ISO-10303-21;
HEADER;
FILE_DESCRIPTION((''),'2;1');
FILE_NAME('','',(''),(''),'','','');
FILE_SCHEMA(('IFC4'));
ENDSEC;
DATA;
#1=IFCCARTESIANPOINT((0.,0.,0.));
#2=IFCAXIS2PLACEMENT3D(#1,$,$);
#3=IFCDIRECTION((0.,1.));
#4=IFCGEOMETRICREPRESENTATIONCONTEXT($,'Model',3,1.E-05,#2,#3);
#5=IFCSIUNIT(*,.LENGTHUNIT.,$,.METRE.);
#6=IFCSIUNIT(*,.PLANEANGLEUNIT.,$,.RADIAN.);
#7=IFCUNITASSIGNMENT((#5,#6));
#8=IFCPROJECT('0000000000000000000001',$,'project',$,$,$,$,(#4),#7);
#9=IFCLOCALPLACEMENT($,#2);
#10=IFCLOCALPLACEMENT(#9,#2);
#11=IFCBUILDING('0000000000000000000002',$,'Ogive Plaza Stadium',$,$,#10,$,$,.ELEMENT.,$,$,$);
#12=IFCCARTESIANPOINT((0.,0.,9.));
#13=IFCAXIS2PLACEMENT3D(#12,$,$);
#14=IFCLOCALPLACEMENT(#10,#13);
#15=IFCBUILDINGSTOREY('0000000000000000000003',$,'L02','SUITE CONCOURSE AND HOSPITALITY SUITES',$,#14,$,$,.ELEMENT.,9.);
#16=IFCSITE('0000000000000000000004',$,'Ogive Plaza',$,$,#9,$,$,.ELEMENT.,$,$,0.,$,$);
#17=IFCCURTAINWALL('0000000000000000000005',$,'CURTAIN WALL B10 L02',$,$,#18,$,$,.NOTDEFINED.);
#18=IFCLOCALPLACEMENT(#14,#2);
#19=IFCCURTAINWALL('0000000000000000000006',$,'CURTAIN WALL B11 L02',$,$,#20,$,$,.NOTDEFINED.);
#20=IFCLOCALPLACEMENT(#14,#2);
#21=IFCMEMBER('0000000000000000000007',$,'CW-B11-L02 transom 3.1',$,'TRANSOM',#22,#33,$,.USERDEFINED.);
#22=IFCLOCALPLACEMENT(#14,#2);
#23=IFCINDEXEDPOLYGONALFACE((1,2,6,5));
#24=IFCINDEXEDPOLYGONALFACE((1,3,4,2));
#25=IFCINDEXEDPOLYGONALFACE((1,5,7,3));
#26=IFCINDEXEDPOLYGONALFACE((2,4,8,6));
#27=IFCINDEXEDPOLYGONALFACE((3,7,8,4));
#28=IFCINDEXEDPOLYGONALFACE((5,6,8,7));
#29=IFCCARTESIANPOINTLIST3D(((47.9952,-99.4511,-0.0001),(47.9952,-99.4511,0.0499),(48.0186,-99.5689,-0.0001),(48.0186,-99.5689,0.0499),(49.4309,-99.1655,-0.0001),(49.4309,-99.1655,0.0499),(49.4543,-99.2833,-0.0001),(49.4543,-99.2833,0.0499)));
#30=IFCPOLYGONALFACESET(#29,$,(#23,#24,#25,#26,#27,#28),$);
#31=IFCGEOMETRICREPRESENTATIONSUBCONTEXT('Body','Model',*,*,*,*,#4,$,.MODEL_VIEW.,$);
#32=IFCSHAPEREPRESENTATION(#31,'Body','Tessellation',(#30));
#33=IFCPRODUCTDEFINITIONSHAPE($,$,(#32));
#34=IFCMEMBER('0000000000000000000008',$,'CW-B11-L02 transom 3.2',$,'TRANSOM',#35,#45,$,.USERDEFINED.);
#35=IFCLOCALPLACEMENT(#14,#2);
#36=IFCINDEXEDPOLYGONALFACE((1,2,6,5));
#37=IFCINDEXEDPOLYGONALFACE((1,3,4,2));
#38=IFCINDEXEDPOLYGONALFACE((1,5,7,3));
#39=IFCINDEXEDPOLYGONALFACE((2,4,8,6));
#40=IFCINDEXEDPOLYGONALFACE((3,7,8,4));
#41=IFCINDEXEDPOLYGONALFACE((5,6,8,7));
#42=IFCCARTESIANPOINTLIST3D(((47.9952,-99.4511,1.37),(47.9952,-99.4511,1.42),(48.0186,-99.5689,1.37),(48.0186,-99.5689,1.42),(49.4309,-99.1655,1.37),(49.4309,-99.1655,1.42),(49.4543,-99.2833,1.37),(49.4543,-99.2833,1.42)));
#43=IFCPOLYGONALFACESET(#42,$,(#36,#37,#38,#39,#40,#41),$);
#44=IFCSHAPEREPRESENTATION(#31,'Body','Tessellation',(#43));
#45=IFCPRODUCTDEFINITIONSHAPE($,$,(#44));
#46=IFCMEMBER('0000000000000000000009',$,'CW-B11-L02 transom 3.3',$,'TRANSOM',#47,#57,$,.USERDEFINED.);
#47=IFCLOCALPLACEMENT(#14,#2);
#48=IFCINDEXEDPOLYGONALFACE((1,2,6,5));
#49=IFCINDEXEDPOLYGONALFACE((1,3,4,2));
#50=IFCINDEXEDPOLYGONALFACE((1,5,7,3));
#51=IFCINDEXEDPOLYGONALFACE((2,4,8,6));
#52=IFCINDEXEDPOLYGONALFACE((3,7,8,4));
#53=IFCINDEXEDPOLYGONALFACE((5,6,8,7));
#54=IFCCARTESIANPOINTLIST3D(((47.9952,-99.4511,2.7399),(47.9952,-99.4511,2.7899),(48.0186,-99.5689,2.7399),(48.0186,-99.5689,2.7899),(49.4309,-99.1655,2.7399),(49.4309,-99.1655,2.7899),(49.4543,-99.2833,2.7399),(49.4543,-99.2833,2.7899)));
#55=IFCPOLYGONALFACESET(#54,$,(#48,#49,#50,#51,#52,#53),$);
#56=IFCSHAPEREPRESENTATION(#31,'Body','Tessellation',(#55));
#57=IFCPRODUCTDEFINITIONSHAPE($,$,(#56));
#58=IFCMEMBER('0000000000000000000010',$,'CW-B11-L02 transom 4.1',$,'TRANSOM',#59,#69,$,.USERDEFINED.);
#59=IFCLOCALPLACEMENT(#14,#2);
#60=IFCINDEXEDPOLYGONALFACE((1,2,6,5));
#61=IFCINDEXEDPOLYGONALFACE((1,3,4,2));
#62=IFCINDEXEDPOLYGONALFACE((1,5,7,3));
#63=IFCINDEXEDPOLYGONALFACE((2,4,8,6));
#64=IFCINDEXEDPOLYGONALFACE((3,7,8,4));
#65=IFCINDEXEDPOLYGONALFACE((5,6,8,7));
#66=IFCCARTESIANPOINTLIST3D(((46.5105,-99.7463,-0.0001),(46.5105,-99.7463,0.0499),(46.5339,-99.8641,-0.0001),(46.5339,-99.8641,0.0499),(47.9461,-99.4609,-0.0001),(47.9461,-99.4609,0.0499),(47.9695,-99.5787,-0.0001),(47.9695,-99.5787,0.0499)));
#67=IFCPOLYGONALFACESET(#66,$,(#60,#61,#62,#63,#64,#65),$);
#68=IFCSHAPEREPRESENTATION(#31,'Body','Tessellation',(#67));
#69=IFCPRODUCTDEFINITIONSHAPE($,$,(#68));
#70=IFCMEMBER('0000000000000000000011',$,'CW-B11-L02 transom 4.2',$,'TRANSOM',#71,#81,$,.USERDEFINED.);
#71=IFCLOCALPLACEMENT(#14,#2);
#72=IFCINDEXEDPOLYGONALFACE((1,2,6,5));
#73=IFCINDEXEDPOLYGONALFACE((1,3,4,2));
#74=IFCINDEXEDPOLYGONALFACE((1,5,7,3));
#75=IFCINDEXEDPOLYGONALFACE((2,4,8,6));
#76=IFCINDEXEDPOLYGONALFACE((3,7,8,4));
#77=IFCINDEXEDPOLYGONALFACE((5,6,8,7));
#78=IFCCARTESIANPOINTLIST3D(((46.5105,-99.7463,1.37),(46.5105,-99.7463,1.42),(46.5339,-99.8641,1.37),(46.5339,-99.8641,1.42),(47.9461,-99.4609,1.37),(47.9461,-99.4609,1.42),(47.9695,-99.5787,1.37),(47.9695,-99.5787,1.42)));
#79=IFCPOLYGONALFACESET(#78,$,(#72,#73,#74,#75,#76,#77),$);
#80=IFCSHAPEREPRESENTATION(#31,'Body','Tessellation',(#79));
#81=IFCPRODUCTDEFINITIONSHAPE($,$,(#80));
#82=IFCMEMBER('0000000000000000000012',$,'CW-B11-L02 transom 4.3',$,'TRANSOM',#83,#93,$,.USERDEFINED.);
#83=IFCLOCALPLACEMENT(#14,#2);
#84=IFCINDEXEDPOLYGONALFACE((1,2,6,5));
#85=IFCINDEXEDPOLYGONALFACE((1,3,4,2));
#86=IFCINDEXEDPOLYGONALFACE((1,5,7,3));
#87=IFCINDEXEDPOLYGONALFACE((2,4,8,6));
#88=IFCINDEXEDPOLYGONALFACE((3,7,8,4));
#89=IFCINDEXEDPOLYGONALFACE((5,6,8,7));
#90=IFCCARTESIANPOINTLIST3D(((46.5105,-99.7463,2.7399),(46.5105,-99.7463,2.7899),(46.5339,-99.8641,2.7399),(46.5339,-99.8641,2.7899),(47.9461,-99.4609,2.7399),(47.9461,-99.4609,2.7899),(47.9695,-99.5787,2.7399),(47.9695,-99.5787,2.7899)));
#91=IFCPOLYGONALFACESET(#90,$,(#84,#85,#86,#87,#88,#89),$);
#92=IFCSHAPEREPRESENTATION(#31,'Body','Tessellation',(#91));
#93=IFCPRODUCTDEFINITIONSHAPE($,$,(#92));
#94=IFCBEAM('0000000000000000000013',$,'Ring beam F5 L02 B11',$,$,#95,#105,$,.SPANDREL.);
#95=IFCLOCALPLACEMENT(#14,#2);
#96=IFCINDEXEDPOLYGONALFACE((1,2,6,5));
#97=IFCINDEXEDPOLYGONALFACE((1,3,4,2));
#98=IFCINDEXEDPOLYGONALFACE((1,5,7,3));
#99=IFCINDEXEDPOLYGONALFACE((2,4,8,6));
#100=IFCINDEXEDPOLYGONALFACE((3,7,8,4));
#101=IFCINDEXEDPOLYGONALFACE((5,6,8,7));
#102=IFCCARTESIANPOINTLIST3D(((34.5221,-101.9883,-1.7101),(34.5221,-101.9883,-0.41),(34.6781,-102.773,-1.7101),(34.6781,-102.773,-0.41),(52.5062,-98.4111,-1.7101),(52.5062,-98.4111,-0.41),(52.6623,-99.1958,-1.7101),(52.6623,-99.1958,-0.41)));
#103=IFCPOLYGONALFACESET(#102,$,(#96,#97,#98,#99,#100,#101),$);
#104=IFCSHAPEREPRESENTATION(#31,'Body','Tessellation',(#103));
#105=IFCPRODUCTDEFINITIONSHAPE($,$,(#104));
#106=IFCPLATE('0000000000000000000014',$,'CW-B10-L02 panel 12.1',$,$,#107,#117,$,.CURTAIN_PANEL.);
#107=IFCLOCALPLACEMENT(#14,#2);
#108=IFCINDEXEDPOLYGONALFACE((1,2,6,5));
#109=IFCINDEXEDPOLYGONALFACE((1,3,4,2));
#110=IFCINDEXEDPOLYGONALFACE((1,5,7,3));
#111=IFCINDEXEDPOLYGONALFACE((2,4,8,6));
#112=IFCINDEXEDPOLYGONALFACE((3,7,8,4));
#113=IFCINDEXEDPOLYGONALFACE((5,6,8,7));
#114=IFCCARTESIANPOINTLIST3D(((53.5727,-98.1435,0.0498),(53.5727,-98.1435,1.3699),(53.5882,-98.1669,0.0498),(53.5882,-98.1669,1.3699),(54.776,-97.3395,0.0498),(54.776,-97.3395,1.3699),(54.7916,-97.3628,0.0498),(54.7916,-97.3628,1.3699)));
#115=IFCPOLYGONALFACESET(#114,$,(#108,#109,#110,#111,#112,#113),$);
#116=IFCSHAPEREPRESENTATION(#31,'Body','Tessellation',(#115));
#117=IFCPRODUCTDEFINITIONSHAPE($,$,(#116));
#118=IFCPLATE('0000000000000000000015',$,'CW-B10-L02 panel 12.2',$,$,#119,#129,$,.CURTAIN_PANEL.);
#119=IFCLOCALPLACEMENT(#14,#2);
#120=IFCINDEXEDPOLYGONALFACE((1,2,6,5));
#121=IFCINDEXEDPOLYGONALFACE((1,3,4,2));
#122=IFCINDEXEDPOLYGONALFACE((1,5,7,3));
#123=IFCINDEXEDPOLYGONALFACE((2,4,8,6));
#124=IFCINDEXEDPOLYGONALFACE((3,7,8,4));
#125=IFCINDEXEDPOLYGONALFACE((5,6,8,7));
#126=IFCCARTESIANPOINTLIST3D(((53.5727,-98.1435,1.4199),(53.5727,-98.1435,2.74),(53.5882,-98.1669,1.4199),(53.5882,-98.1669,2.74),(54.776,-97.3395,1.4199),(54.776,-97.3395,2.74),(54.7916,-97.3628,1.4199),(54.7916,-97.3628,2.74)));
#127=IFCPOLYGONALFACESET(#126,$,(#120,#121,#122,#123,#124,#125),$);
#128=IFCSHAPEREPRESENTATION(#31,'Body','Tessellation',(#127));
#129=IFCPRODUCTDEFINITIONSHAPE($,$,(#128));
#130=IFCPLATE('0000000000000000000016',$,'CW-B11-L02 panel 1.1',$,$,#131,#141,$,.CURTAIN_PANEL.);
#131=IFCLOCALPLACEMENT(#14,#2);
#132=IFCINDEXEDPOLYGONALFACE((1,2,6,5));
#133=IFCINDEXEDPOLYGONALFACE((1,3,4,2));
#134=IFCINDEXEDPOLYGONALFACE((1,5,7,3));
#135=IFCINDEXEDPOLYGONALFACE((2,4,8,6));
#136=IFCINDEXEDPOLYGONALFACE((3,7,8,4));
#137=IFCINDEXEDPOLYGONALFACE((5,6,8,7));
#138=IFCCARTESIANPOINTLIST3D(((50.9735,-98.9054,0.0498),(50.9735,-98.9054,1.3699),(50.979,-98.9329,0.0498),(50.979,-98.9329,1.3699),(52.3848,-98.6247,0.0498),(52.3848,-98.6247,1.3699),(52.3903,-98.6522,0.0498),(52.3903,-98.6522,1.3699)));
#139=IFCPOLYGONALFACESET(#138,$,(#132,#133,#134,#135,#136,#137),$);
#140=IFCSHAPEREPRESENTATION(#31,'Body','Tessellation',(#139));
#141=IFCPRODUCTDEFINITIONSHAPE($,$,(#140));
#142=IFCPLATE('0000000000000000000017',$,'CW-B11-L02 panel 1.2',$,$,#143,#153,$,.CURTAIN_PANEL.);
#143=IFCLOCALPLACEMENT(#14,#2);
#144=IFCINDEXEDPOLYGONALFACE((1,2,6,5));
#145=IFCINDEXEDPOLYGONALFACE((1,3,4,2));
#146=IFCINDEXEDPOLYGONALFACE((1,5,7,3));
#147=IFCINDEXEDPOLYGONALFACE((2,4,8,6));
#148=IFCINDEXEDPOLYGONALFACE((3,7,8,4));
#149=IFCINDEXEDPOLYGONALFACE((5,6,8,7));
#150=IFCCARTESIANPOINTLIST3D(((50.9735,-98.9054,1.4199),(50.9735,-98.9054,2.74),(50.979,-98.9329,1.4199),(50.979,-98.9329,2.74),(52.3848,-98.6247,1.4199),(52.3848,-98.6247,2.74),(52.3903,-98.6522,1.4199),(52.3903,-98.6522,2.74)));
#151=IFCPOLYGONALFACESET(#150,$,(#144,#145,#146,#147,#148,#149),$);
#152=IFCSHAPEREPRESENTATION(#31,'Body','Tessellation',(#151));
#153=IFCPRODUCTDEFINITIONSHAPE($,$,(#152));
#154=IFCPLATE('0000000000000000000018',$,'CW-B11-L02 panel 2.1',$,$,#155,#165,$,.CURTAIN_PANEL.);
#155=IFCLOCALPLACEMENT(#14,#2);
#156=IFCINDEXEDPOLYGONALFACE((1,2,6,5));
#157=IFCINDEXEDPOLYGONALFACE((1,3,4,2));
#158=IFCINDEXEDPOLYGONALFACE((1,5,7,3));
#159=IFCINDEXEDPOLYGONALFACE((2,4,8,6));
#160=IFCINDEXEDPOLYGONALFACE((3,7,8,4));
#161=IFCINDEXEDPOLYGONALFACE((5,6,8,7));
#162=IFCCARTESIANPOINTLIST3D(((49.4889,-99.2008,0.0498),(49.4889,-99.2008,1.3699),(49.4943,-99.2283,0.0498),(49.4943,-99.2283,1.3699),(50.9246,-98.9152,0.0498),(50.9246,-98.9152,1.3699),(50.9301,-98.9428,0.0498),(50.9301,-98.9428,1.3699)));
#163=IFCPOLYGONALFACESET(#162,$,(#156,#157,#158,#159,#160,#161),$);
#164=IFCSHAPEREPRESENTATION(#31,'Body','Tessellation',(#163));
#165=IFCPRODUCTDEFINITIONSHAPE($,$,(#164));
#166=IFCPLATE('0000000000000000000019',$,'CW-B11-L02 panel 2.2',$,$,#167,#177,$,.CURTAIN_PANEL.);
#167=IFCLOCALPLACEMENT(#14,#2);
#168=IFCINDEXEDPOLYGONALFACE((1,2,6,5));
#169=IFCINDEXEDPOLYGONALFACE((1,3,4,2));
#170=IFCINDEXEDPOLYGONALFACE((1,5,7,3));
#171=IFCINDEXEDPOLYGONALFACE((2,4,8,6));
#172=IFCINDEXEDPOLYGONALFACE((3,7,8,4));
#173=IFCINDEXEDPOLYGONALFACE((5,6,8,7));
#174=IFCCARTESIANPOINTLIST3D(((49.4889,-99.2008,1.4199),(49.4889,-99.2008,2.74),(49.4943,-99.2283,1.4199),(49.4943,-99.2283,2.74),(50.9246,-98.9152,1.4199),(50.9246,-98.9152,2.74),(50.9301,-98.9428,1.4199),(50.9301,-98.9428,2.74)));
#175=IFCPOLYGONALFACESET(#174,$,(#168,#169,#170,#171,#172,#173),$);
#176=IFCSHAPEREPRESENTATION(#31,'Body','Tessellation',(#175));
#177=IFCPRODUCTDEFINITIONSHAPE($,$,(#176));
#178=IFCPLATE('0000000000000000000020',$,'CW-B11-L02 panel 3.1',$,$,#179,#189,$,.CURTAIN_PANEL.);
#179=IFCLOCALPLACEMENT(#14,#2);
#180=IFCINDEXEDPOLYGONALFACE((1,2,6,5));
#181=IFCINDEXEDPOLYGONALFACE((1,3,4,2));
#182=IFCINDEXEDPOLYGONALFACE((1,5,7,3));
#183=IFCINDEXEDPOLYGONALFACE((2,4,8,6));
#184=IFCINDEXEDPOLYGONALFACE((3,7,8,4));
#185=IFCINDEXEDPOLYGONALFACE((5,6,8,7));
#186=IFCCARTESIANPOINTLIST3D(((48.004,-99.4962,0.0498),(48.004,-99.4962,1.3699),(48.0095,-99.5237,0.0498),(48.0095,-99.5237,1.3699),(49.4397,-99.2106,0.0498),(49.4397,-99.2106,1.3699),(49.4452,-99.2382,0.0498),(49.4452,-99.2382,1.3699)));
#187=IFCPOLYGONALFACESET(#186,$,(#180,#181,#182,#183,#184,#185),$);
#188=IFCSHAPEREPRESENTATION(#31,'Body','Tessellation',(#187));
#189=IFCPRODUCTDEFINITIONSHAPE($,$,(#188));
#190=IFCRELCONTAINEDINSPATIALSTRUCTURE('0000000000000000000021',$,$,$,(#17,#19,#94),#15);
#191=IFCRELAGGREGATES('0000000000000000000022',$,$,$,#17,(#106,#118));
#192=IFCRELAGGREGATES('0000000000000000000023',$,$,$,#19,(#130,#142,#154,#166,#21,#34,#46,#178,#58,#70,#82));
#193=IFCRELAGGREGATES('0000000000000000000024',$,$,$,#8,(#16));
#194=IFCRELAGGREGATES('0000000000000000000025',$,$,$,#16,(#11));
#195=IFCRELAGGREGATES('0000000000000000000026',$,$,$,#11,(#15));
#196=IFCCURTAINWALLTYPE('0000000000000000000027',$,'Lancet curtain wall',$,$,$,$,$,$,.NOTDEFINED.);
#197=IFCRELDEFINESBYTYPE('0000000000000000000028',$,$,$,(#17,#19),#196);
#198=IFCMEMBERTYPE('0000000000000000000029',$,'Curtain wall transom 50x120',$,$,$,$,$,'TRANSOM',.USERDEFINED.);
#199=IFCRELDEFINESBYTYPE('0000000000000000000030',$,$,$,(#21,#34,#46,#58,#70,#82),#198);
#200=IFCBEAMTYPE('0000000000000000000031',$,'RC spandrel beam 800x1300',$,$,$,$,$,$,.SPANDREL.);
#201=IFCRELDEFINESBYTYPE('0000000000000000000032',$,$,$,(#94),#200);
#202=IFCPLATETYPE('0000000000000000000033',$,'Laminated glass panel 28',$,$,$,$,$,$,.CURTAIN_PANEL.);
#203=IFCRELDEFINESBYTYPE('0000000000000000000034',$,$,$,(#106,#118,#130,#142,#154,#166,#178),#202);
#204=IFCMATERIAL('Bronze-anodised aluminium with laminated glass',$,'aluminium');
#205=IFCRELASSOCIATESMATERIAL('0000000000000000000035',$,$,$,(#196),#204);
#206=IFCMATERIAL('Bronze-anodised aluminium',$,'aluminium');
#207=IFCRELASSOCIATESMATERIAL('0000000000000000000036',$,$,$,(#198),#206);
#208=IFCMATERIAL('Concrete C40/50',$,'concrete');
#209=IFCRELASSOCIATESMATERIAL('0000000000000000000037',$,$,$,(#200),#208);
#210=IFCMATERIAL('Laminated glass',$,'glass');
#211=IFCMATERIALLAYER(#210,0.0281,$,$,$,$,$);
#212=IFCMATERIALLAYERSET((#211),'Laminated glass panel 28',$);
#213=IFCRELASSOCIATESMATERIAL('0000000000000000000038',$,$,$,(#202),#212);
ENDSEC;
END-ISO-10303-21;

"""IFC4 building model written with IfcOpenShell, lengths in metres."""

from ifc_helpers import new_model, si_unit, direction, frame, origin, origin_2d, place, context, subcontext, project, spatial, rectangle, extrude, material, layer, layer_set, material_profile, profile_set, type_object, element, aggregate, save


model = new_model("IFC4")

# Units and contexts
model_context = context("Model", 3, precision=1e-05, world=origin(), true_north=direction((0.0, 1.0)))
body_context = subcontext(model_context, "Body", "Model", "MODEL_VIEW")
ifc_project = project(units=[si_unit("LENGTHUNIT", "METRE"), si_unit("PLANEANGLEUNIT", "RADIAN")], contexts=[model_context])

# Site, building, storey
site_placement = place(None, origin())
site = spatial("IfcSite", under=ifc_project, at=site_placement, Name="Ogive Plaza", CompositionType="ELEMENT", RefElevation=0.0)
building_placement = place(site_placement, origin())
building = spatial("IfcBuilding", under=site, at=building_placement, Name="Ogive Plaza Stadium", CompositionType="ELEMENT")
storey_placement = place(building_placement, frame((0.0, 0.0, 9.0)))
storey = spatial("IfcBuildingStorey", under=building, at=storey_placement, Name="L02", Description="SUITE CONCOURSE AND HOSPITALITY SUITES", CompositionType="ELEMENT", Elevation=9.0)

# Curtain wall
ifc_material_1 = material(Name="Bronze-anodised aluminium with laminated glass", Category="aluminium")
curtain_wall_type = type_object("IfcCurtainWallType", Name="Lancet curtain wall", PredefinedType="NOTDEFINED", material=ifc_material_1)
curtain_wall_1_placement = place(storey_placement, origin())
curtain_wall_1 = element("IfcCurtainWall", 1, at=curtain_wall_1_placement, inside=storey, type_object=curtain_wall_type, Name="CURTAIN WALL B10 L02", PredefinedType="NOTDEFINED")

# Curtain wall
curtain_wall_2_placement = place(storey_placement, origin())
curtain_wall_2 = element("IfcCurtainWall", 2, at=curtain_wall_2_placement, inside=storey, type_object=curtain_wall_type, Name="CURTAIN WALL B11 L02", PredefinedType="NOTDEFINED")

# Members
ifc_material_2 = material(Name="Bronze-anodised aluminium", Category="aluminium")
ifc_material_profile_1 = material_profile(ifc_material_2, rectangle(XDim=0.1201, YDim=0.05, at=origin_2d()), Name="AL 120x50")
ifc_profile_set_1 = profile_set([ifc_material_profile_1], Name="Bronze-anodised aluminium")
member_type_1 = type_object("IfcMemberType", Name="Curtain wall transom 50x120", ElementType="TRANSOM", PredefinedType="USERDEFINED", material=ifc_profile_set_1)
member_1_placement = place(storey_placement, frame((49.4426, -99.2244, 0.0249), z_axis=(-0.980779, -0.195122, 0.0), x_axis=(0.195122, -0.980779, 0.0)))
member_1 = element("IfcMember", 3, at=member_1_placement, type_object=member_type_1, Name="CW-B11-L02 transom 3.1", ObjectType="TRANSOM", PredefinedType="USERDEFINED", context=body_context, shape_type="SweptSolid", body=[
    extrude(rectangle(XDim=0.1201, YDim=0.05, at=origin_2d()), origin(), (0.0, 0.0, 1.0), 1.4639),
])
member_2_placement = place(storey_placement, frame((49.4426, -99.2244, 1.395), z_axis=(-0.980779, -0.195122, 0.0), x_axis=(0.195122, -0.980779, 0.0)))
member_2 = element("IfcMember", 4, at=member_2_placement, type_object=member_type_1, Name="CW-B11-L02 transom 3.2", ObjectType="TRANSOM", PredefinedType="USERDEFINED", context=body_context, shape_type="SweptSolid", body=[
    extrude(rectangle(XDim=0.1201, YDim=0.05, at=origin_2d()), origin(), (0.0, 0.0, 1.0), 1.4639),
])
member_3_placement = place(storey_placement, frame((49.4426, -99.2244, 2.7649), z_axis=(-0.980779, -0.195122, 0.0), x_axis=(0.195122, -0.980779, 0.0)))
member_3 = element("IfcMember", 5, at=member_3_placement, type_object=member_type_1, Name="CW-B11-L02 transom 3.3", ObjectType="TRANSOM", PredefinedType="USERDEFINED", context=body_context, shape_type="SweptSolid", body=[
    extrude(rectangle(XDim=0.1201, YDim=0.05, at=origin_2d()), origin(), (0.0, 0.0, 1.0), 1.4639),
])
member_4_placement = place(storey_placement, frame((47.9578, -99.5198, 0.0249), z_axis=(-0.980805, -0.194993, 0.0), x_axis=(0.194993, -0.980805, 0.0)))
member_4 = element("IfcMember", 6, at=member_4_placement, type_object=member_type_1, Name="CW-B11-L02 transom 4.1", ObjectType="TRANSOM", PredefinedType="USERDEFINED", context=body_context, shape_type="SweptSolid", body=[
    extrude(rectangle(XDim=0.1201, YDim=0.05, at=origin_2d()), origin(), (0.0, 0.0, 1.0), 1.4636),
])
member_5_placement = place(storey_placement, frame((47.9578, -99.5198, 1.395), z_axis=(-0.980805, -0.194993, 0.0), x_axis=(0.194993, -0.980805, 0.0)))
member_5 = element("IfcMember", 7, at=member_5_placement, type_object=member_type_1, Name="CW-B11-L02 transom 4.2", ObjectType="TRANSOM", PredefinedType="USERDEFINED", context=body_context, shape_type="SweptSolid", body=[
    extrude(rectangle(XDim=0.1201, YDim=0.05, at=origin_2d()), origin(), (0.0, 0.0, 1.0), 1.4636),
])
member_6_placement = place(storey_placement, frame((47.9578, -99.5198, 2.7649), z_axis=(-0.980805, -0.194993, 0.0), x_axis=(0.194993, -0.980805, 0.0)))
member_6 = element("IfcMember", 8, at=member_6_placement, type_object=member_type_1, Name="CW-B11-L02 transom 4.3", ObjectType="TRANSOM", PredefinedType="USERDEFINED", context=body_context, shape_type="SweptSolid", body=[
    extrude(rectangle(XDim=0.1201, YDim=0.05, at=origin_2d()), origin(), (0.0, 0.0, 1.0), 1.4636),
])

# Beam
ifc_material_3 = material(Name="Concrete C40/50", Category="concrete")
ifc_material_profile_2 = material_profile(ifc_material_3, rectangle(XDim=0.8, YDim=1.3, at=origin_2d()), Name="RC 800x1300")
ifc_profile_set_2 = profile_set([ifc_material_profile_2], Name="Concrete C40/50")
beam_type = type_object("IfcBeamType", Name="RC spandrel beam 800x1300", PredefinedType="SPANDREL", material=ifc_profile_set_2)
beam_placement = place(storey_placement, frame((52.5842, -98.8035, -1.0601), z_axis=(-0.980787, -0.195084, 0.0), x_axis=(0.195084, -0.980787, 0.0)))
element("IfcBeam", 9, at=beam_placement, inside=storey, type_object=beam_type, Name="Ring beam F5 L02 B11", PredefinedType="SPANDREL", context=body_context, shape_type="SweptSolid", body=[
    extrude(rectangle(XDim=0.8, YDim=1.3, at=origin_2d()), origin(), (0.0, 0.0, 1.0), 18.3364),
])

# Plates
ifc_material_4 = material(Name="Laminated glass", Category="glass")
ifc_layer = layer(ifc_material_4, 0.0281)
ifc_layer_set = layer_set([ifc_layer], Name="Laminated glass panel 28")
plate_type = type_object("IfcPlateType", Name="Laminated glass panel 28", PredefinedType="CURTAIN_PANEL", material=ifc_layer_set)
plate_1_placement = place(storey_placement, frame((54.1821, -97.7532, 0.0498), z_axis=(0.0, 0.0, 1.0), x_axis=(-0.83147, -0.55557, 0.0)))
plate_1 = element("IfcPlate", 10, at=plate_1_placement, type_object=plate_type, Name="CW-B10-L02 panel 12.1", PredefinedType="CURTAIN_PANEL", context=body_context, shape_type="SweptSolid", body=[
    extrude(rectangle(XDim=1.4473, YDim=0.0281, at=origin_2d()), origin(), (0.0, 0.0, 1.0), 1.3201),
])
plate_2_placement = place(storey_placement, frame((54.1821, -97.7532, 1.4199), z_axis=(0.0, 0.0, 1.0), x_axis=(-0.83147, -0.55557, 0.0)))
plate_2 = element("IfcPlate", 11, at=plate_2_placement, type_object=plate_type, Name="CW-B10-L02 panel 12.2", PredefinedType="CURTAIN_PANEL", context=body_context, shape_type="SweptSolid", body=[
    extrude(rectangle(XDim=1.4473, YDim=0.0281, at=origin_2d()), origin(), (0.0, 0.0, 1.0), 1.3201),
])
aggregate(curtain_wall_1, [plate_1, plate_2])
plate_3_placement = place(storey_placement, frame((51.6819, -98.7788, 0.0498), z_axis=(0.0, 0.0, 1.0), x_axis=(-0.980785, -0.19509, 0.0)))
plate_3 = element("IfcPlate", 12, at=plate_3_placement, type_object=plate_type, Name="CW-B11-L02 panel 1.1", PredefinedType="CURTAIN_PANEL", context=body_context, shape_type="SweptSolid", body=[
    extrude(rectangle(XDim=1.439, YDim=0.0281, at=origin_2d()), origin(), (0.0, 0.0, 1.0), 1.3201),
])
plate_4_placement = place(storey_placement, frame((51.6819, -98.7788, 1.4199), z_axis=(0.0, 0.0, 1.0), x_axis=(-0.980785, -0.19509, 0.0)))
plate_4 = element("IfcPlate", 13, at=plate_4_placement, type_object=plate_type, Name="CW-B11-L02 panel 1.2", PredefinedType="CURTAIN_PANEL", context=body_context, shape_type="SweptSolid", body=[
    extrude(rectangle(XDim=1.439, YDim=0.0281, at=origin_2d()), origin(), (0.0, 0.0, 1.0), 1.3201),
])
plate_5_placement = place(storey_placement, frame((50.2095, -99.0718, 0.0498), z_axis=(0.0, 0.0, 1.0), x_axis=(-0.980785, -0.19509, 0.0)))
plate_5 = element("IfcPlate", 14, at=plate_5_placement, type_object=plate_type, Name="CW-B11-L02 panel 2.1", PredefinedType="CURTAIN_PANEL", context=body_context, shape_type="SweptSolid", body=[
    extrude(rectangle(XDim=1.4639, YDim=0.0281, at=origin_2d()), origin(), (0.0, 0.0, 1.0), 1.3201),
])
plate_6_placement = place(storey_placement, frame((50.2095, -99.0718, 1.4199), z_axis=(0.0, 0.0, 1.0), x_axis=(-0.980785, -0.19509, 0.0)))
plate_6 = element("IfcPlate", 15, at=plate_6_placement, type_object=plate_type, Name="CW-B11-L02 panel 2.2", PredefinedType="CURTAIN_PANEL", context=body_context, shape_type="SweptSolid", body=[
    extrude(rectangle(XDim=1.4639, YDim=0.0281, at=origin_2d()), origin(), (0.0, 0.0, 1.0), 1.3201),
])
plate_7_placement = place(storey_placement, frame((48.7246, -99.3672, 0.0498), z_axis=(0.0, 0.0, 1.0), x_axis=(-0.980785, -0.19509, 0.0)))
plate_7 = element("IfcPlate", 16, at=plate_7_placement, type_object=plate_type, Name="CW-B11-L02 panel 3.1", PredefinedType="CURTAIN_PANEL", context=body_context, shape_type="SweptSolid", body=[
    extrude(rectangle(XDim=1.4639, YDim=0.0281, at=origin_2d()), origin(), (0.0, 0.0, 1.0), 1.3201),
])
aggregate(curtain_wall_2, [plate_3, plate_4, plate_5, plate_6, member_1, member_2, member_3, plate_7, member_4, member_5, member_6])

save(model, "model.ifc")
